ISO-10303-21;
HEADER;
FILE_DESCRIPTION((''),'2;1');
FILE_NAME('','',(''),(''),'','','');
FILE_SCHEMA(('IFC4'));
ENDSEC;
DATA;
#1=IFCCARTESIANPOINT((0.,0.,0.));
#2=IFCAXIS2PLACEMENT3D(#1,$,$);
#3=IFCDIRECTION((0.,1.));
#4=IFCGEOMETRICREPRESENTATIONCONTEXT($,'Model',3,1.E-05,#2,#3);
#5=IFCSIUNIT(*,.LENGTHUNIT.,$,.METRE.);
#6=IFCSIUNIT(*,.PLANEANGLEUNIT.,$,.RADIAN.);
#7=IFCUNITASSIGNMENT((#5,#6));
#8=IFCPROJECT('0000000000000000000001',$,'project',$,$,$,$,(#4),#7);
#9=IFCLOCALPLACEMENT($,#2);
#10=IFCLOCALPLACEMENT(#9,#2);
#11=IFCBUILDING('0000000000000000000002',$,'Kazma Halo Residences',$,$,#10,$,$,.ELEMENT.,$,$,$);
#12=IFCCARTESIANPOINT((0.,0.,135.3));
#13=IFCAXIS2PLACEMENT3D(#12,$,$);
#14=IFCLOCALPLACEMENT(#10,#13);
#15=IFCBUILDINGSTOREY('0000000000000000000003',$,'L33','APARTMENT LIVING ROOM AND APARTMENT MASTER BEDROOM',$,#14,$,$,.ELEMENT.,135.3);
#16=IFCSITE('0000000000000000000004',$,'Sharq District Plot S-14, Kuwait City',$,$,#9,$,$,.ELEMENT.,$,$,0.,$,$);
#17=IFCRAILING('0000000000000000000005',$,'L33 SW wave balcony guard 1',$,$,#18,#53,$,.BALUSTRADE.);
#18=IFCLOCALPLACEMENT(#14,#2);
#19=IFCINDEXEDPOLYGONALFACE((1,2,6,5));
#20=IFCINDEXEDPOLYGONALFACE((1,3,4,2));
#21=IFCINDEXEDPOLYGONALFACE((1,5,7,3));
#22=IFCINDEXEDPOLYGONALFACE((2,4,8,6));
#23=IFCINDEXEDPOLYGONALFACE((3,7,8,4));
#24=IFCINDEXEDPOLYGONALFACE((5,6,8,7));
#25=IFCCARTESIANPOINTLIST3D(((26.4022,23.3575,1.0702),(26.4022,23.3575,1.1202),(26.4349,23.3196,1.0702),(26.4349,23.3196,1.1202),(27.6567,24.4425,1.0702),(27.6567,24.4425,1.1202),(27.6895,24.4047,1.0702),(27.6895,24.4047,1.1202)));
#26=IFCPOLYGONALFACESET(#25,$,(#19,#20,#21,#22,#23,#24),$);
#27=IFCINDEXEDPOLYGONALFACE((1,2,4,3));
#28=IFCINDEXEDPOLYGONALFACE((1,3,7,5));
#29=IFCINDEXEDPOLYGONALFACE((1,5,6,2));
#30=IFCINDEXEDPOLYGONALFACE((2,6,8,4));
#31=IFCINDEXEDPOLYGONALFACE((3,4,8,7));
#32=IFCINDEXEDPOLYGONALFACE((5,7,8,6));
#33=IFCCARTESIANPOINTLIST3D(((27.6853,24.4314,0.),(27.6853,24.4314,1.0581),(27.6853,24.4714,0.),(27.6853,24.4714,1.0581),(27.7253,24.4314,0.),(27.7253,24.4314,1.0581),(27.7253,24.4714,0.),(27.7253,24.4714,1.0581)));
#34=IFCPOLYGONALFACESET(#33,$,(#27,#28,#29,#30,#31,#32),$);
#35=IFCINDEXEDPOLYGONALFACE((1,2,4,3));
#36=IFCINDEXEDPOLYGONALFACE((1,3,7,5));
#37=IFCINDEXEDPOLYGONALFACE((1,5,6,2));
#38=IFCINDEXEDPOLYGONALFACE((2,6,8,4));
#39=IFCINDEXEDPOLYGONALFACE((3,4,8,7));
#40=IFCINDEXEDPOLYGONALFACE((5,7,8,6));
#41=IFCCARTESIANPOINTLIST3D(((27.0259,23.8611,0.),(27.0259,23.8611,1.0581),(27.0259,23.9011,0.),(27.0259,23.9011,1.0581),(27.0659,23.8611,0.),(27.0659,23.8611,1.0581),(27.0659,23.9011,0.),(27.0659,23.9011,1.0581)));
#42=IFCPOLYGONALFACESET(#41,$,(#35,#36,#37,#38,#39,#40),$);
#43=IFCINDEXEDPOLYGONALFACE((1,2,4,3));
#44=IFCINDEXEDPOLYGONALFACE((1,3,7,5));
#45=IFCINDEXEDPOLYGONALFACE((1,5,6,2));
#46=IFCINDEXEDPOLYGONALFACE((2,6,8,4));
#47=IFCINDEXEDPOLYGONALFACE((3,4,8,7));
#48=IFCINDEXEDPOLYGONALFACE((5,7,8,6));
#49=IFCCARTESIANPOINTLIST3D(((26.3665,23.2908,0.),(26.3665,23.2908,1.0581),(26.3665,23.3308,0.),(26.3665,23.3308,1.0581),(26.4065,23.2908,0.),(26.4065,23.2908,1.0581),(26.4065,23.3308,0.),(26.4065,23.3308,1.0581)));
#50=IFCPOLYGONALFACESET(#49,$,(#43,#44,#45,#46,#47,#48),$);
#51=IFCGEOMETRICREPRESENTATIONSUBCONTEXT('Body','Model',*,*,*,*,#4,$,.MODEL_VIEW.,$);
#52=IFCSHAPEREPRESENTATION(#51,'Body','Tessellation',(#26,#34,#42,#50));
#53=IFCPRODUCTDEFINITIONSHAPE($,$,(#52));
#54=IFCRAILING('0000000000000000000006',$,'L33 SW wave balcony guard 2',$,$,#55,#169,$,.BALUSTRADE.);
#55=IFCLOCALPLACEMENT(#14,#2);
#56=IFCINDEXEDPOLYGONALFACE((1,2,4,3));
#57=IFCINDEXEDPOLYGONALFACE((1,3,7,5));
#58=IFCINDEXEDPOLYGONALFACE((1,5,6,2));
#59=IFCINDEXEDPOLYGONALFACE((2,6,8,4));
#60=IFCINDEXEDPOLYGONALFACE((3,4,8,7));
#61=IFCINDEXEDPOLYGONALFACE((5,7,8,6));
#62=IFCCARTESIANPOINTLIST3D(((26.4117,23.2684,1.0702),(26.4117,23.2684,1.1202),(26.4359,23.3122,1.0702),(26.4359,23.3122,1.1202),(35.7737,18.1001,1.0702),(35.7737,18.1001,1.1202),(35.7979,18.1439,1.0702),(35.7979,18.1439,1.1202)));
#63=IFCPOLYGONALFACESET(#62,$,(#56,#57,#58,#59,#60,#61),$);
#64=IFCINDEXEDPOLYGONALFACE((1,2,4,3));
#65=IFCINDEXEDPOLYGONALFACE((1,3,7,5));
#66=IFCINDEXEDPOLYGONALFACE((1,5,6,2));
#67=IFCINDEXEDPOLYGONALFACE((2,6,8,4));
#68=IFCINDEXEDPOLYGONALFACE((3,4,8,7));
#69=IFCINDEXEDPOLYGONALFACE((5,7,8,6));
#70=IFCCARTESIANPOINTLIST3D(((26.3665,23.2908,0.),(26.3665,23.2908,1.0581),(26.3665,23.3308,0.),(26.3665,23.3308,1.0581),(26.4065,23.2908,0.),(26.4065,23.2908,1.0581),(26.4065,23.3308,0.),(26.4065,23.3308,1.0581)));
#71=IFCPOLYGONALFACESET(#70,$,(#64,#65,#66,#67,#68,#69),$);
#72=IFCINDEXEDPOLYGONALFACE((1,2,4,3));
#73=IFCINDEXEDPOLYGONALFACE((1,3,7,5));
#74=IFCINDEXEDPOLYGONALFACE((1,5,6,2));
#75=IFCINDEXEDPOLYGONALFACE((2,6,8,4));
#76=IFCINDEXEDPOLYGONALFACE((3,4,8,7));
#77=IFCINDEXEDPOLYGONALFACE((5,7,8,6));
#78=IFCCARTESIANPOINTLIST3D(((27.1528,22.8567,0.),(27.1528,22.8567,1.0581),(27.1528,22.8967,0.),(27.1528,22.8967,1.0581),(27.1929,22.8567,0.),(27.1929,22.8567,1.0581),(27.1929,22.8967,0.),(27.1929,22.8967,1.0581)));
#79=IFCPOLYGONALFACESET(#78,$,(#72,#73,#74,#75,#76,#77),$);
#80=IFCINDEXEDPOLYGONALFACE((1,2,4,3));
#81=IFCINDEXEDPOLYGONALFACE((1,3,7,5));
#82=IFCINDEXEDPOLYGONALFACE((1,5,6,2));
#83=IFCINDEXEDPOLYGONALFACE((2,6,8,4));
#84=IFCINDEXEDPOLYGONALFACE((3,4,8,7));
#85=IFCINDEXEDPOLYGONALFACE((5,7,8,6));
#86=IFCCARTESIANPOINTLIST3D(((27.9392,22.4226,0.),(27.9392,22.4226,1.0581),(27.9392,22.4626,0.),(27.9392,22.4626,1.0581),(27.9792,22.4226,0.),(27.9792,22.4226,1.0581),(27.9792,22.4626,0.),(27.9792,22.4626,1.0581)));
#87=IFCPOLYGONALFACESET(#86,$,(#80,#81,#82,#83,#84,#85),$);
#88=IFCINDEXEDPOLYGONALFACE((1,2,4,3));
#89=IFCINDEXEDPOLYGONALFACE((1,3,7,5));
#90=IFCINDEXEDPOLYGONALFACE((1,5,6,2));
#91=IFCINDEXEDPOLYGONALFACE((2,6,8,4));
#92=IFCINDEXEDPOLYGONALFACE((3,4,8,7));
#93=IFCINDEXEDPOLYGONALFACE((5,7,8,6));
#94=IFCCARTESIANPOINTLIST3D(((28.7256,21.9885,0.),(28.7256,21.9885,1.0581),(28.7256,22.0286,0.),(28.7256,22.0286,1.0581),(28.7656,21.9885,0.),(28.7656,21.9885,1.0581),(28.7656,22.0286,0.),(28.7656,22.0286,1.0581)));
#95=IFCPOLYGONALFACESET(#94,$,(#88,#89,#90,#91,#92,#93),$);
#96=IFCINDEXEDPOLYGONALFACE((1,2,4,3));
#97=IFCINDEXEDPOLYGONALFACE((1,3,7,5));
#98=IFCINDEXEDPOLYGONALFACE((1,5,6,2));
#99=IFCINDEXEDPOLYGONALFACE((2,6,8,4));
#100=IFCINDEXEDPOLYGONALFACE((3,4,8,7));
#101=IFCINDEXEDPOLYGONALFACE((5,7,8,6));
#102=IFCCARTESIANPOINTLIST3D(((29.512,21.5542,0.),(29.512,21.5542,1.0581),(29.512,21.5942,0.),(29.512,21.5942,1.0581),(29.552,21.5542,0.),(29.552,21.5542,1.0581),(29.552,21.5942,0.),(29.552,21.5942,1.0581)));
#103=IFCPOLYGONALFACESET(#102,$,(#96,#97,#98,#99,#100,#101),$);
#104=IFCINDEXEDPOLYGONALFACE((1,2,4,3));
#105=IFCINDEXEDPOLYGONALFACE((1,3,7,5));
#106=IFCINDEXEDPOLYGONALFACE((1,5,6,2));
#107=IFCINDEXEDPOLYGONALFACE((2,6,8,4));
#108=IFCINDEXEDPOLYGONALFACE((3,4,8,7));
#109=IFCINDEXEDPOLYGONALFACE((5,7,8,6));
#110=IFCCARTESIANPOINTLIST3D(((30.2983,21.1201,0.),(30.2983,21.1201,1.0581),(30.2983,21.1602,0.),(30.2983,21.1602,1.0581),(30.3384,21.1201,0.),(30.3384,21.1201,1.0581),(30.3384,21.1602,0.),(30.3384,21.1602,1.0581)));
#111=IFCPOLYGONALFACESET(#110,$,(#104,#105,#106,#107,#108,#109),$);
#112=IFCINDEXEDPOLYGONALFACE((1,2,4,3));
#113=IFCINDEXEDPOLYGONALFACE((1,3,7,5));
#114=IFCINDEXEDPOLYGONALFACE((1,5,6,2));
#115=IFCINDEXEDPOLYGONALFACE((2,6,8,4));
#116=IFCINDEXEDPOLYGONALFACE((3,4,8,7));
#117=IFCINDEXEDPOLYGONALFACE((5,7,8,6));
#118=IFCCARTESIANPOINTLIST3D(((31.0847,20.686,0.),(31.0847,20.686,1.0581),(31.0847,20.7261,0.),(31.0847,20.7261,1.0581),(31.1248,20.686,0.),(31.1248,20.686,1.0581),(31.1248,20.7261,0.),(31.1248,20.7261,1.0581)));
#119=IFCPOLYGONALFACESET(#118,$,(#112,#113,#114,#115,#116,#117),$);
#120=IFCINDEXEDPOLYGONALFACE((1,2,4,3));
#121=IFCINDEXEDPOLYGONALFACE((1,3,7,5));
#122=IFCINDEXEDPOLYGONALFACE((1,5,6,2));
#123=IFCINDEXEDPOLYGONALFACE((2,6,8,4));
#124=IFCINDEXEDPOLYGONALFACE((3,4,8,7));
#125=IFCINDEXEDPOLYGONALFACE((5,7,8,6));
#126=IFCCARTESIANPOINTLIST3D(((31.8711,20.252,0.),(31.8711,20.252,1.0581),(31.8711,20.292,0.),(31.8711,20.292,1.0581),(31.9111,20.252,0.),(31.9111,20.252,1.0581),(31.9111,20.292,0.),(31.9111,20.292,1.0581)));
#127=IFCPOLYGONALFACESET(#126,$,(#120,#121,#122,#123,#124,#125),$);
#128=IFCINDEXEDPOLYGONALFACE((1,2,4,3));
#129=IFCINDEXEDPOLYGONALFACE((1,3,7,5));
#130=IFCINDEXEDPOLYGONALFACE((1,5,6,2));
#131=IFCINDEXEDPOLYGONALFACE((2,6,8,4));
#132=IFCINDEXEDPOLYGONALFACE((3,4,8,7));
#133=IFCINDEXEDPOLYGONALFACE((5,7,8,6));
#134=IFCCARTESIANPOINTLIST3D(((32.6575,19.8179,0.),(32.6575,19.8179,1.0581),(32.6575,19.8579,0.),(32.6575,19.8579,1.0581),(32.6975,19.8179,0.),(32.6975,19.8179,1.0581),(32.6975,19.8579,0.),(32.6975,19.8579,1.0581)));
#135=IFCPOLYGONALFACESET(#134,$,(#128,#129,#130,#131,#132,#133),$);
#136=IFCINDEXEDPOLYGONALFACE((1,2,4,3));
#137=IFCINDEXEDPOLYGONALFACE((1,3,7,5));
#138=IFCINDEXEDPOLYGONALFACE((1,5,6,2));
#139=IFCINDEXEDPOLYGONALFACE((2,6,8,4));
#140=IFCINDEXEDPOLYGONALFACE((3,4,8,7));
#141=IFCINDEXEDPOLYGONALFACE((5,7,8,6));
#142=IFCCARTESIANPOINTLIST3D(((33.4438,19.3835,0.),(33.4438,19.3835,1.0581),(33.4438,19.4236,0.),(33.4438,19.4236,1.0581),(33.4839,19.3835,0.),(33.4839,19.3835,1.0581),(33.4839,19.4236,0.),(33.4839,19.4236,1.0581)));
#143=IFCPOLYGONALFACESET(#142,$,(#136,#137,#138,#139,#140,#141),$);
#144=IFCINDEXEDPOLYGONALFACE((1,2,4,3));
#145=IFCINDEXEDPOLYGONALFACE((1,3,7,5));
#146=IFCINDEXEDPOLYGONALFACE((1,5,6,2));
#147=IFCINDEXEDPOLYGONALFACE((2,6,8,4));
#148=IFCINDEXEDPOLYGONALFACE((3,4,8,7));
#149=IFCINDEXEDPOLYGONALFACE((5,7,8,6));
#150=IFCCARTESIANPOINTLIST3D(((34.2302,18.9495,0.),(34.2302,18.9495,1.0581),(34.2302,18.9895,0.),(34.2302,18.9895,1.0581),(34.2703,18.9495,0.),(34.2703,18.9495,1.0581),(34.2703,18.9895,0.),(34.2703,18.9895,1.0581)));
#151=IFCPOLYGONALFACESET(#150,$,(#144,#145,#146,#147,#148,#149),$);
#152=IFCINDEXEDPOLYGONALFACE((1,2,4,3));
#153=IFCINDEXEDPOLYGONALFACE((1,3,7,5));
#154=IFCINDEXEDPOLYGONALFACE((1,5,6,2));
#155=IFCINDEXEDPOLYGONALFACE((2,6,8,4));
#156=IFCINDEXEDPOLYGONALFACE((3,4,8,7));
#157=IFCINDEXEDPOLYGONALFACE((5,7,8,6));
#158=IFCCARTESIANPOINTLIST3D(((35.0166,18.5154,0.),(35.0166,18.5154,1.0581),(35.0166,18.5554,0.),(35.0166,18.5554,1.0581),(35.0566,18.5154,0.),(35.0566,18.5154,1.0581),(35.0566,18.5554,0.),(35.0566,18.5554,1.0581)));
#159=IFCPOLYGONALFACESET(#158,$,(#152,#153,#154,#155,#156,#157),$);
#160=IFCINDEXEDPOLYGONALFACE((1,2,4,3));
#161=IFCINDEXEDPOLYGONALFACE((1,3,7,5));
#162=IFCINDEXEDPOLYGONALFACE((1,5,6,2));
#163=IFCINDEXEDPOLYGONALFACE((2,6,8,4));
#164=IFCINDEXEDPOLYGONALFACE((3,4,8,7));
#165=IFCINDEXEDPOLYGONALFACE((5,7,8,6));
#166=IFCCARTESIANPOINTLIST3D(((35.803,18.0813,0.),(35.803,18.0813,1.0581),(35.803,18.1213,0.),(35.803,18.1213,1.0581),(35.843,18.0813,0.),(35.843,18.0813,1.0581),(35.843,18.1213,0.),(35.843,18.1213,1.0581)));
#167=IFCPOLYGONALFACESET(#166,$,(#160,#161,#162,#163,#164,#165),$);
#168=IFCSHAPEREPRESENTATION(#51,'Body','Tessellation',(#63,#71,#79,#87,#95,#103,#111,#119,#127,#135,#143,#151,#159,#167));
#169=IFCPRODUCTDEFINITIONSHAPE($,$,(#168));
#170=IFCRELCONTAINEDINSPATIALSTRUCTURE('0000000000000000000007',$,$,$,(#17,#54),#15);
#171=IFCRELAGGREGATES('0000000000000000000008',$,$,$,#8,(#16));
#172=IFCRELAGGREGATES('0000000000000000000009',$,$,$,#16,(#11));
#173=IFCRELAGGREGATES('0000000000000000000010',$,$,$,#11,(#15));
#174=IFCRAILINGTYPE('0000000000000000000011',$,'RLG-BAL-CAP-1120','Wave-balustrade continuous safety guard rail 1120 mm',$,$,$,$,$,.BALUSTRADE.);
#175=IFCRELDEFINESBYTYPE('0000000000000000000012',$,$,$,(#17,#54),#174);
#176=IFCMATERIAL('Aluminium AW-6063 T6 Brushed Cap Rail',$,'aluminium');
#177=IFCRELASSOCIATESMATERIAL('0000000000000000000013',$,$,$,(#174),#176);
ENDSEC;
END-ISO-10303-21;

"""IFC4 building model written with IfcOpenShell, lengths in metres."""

from ifc_helpers import new_model, si_unit, direction, frame, origin, origin_2d, place, context, subcontext, project, spatial, rectangle, extrude, material, type_object, element, save


model = new_model("IFC4")

# Units and contexts
model_context = context("Model", 3, precision=1e-05, world=origin(), true_north=direction((0.0, 1.0)))
body_context = subcontext(model_context, "Body", "Model", "MODEL_VIEW")
ifc_project = project(units=[si_unit("LENGTHUNIT", "METRE"), si_unit("PLANEANGLEUNIT", "RADIAN")], contexts=[model_context])

# Site, building, storey
site_placement = place(None, origin())
site = spatial("IfcSite", under=ifc_project, at=site_placement, Name="Sharq District Plot S-14, Kuwait City", CompositionType="ELEMENT", RefElevation=0.0)
building_placement = place(site_placement, origin())
building = spatial("IfcBuilding", under=site, at=building_placement, Name="Kazma Halo Residences", CompositionType="ELEMENT")
storey_placement = place(building_placement, frame((0.0, 0.0, 135.3)))
storey = spatial("IfcBuildingStorey", under=building, at=storey_placement, Name="L33", Description="APARTMENT LIVING ROOM AND APARTMENT MASTER BEDROOM", CompositionType="ELEMENT", Elevation=135.3)

# Railings
ifc_material_1 = material(Name="Aluminium AW-6063 T6 Brushed Cap Rail", Category="aluminium")
railing_type = type_object("IfcRailingType", Name="RLG-BAL-CAP-1120", Description="Wave-balustrade continuous safety guard rail 1120 mm", PredefinedType="BALUSTRADE", material=ifc_material_1)
railing_1_placement = place(storey_placement, frame((27.7053, 24.4514, 0.0)))
element("IfcRailing", 1, at=railing_1_placement, inside=storey, type_object=railing_type, Name="L33 SW wave balcony guard 1", PredefinedType="BALUSTRADE", context=body_context, shape_type="SweptSolid", body=[
    extrude(rectangle(XDim=0.05, YDim=0.05, at=origin_2d()), frame((-0.0322, -0.0278, 1.0952), z_axis=(-0.756363, -0.654152, 0.0), x_axis=(0.654152, -0.756363, 0.0)), (0.0, 0.0, 1.0), 1.6587),
    extrude(rectangle(XDim=0.04, YDim=0.04, at=origin_2d()), origin(), (0.0, 0.0, 1.0), 1.0581),
    extrude(rectangle(XDim=0.04, YDim=0.04, at=origin_2d()), frame((-0.6594, -0.5703, 0.0)), (0.0, 0.0, 1.0), 1.0581),
    extrude(rectangle(XDim=0.04, YDim=0.04, at=origin_2d()), frame((-1.3188, -1.1406, 0.0)), (0.0, 0.0, 1.0), 1.0581),
])
railing_2_placement = place(storey_placement, frame((26.3865, 23.3108, 0.0)))
element("IfcRailing", 2, at=railing_2_placement, inside=storey, type_object=railing_type, Name="L33 SW wave balcony guard 2", PredefinedType="BALUSTRADE", context=body_context, shape_type="SweptSolid", body=[
    extrude(rectangle(XDim=0.05, YDim=0.05, at=origin_2d()), frame((0.0374, -0.0205, 1.0952), z_axis=(0.875455, -0.483299, 0.0), x_axis=(0.483299, 0.875455, 0.0)), (0.0, 0.0, 1.0), 10.6938),
    extrude(rectangle(XDim=0.04, YDim=0.04, at=origin_2d()), origin(), (0.0, 0.0, 1.0), 1.0581),
    extrude(rectangle(XDim=0.04, YDim=0.04, at=origin_2d()), frame((0.7864, -0.4341, 0.0)), (0.0, 0.0, 1.0), 1.0581),
    extrude(rectangle(XDim=0.04, YDim=0.04, at=origin_2d()), frame((1.5728, -0.8682, 0.0)), (0.0, 0.0, 1.0), 1.0581),
    extrude(rectangle(XDim=0.04, YDim=0.04, at=origin_2d()), frame((2.3591, -1.3022, 0.0)), (0.0, 0.0, 1.0), 1.0581),
    extrude(rectangle(XDim=0.04, YDim=0.04, at=origin_2d()), frame((3.1455, -1.7366, 0.0)), (0.0, 0.0, 1.0), 1.0581),
    extrude(rectangle(XDim=0.04, YDim=0.04, at=origin_2d()), frame((3.9319, -2.1707, 0.0)), (0.0, 0.0, 1.0), 1.0581),
    extrude(rectangle(XDim=0.04, YDim=0.04, at=origin_2d()), frame((4.7183, -2.6047, 0.0)), (0.0, 0.0, 1.0), 1.0581),
    extrude(rectangle(XDim=0.04, YDim=0.04, at=origin_2d()), frame((5.5046, -3.0388, 0.0)), (0.0, 0.0, 1.0), 1.0581),
    extrude(rectangle(XDim=0.04, YDim=0.04, at=origin_2d()), frame((6.291, -3.4729, 0.0)), (0.0, 0.0, 1.0), 1.0581),
    extrude(rectangle(XDim=0.04, YDim=0.04, at=origin_2d()), frame((7.0774, -3.9072, 0.0)), (0.0, 0.0, 1.0), 1.0581),
    extrude(rectangle(XDim=0.04, YDim=0.04, at=origin_2d()), frame((7.8638, -4.3413, 0.0)), (0.0, 0.0, 1.0), 1.0581),
    extrude(rectangle(XDim=0.04, YDim=0.04, at=origin_2d()), frame((8.6501, -4.7754, 0.0)), (0.0, 0.0, 1.0), 1.0581),
    extrude(rectangle(XDim=0.04, YDim=0.04, at=origin_2d()), frame((9.4365, -5.2095, 0.0)), (0.0, 0.0, 1.0), 1.0581),
])

save(model, "model.ifc")
